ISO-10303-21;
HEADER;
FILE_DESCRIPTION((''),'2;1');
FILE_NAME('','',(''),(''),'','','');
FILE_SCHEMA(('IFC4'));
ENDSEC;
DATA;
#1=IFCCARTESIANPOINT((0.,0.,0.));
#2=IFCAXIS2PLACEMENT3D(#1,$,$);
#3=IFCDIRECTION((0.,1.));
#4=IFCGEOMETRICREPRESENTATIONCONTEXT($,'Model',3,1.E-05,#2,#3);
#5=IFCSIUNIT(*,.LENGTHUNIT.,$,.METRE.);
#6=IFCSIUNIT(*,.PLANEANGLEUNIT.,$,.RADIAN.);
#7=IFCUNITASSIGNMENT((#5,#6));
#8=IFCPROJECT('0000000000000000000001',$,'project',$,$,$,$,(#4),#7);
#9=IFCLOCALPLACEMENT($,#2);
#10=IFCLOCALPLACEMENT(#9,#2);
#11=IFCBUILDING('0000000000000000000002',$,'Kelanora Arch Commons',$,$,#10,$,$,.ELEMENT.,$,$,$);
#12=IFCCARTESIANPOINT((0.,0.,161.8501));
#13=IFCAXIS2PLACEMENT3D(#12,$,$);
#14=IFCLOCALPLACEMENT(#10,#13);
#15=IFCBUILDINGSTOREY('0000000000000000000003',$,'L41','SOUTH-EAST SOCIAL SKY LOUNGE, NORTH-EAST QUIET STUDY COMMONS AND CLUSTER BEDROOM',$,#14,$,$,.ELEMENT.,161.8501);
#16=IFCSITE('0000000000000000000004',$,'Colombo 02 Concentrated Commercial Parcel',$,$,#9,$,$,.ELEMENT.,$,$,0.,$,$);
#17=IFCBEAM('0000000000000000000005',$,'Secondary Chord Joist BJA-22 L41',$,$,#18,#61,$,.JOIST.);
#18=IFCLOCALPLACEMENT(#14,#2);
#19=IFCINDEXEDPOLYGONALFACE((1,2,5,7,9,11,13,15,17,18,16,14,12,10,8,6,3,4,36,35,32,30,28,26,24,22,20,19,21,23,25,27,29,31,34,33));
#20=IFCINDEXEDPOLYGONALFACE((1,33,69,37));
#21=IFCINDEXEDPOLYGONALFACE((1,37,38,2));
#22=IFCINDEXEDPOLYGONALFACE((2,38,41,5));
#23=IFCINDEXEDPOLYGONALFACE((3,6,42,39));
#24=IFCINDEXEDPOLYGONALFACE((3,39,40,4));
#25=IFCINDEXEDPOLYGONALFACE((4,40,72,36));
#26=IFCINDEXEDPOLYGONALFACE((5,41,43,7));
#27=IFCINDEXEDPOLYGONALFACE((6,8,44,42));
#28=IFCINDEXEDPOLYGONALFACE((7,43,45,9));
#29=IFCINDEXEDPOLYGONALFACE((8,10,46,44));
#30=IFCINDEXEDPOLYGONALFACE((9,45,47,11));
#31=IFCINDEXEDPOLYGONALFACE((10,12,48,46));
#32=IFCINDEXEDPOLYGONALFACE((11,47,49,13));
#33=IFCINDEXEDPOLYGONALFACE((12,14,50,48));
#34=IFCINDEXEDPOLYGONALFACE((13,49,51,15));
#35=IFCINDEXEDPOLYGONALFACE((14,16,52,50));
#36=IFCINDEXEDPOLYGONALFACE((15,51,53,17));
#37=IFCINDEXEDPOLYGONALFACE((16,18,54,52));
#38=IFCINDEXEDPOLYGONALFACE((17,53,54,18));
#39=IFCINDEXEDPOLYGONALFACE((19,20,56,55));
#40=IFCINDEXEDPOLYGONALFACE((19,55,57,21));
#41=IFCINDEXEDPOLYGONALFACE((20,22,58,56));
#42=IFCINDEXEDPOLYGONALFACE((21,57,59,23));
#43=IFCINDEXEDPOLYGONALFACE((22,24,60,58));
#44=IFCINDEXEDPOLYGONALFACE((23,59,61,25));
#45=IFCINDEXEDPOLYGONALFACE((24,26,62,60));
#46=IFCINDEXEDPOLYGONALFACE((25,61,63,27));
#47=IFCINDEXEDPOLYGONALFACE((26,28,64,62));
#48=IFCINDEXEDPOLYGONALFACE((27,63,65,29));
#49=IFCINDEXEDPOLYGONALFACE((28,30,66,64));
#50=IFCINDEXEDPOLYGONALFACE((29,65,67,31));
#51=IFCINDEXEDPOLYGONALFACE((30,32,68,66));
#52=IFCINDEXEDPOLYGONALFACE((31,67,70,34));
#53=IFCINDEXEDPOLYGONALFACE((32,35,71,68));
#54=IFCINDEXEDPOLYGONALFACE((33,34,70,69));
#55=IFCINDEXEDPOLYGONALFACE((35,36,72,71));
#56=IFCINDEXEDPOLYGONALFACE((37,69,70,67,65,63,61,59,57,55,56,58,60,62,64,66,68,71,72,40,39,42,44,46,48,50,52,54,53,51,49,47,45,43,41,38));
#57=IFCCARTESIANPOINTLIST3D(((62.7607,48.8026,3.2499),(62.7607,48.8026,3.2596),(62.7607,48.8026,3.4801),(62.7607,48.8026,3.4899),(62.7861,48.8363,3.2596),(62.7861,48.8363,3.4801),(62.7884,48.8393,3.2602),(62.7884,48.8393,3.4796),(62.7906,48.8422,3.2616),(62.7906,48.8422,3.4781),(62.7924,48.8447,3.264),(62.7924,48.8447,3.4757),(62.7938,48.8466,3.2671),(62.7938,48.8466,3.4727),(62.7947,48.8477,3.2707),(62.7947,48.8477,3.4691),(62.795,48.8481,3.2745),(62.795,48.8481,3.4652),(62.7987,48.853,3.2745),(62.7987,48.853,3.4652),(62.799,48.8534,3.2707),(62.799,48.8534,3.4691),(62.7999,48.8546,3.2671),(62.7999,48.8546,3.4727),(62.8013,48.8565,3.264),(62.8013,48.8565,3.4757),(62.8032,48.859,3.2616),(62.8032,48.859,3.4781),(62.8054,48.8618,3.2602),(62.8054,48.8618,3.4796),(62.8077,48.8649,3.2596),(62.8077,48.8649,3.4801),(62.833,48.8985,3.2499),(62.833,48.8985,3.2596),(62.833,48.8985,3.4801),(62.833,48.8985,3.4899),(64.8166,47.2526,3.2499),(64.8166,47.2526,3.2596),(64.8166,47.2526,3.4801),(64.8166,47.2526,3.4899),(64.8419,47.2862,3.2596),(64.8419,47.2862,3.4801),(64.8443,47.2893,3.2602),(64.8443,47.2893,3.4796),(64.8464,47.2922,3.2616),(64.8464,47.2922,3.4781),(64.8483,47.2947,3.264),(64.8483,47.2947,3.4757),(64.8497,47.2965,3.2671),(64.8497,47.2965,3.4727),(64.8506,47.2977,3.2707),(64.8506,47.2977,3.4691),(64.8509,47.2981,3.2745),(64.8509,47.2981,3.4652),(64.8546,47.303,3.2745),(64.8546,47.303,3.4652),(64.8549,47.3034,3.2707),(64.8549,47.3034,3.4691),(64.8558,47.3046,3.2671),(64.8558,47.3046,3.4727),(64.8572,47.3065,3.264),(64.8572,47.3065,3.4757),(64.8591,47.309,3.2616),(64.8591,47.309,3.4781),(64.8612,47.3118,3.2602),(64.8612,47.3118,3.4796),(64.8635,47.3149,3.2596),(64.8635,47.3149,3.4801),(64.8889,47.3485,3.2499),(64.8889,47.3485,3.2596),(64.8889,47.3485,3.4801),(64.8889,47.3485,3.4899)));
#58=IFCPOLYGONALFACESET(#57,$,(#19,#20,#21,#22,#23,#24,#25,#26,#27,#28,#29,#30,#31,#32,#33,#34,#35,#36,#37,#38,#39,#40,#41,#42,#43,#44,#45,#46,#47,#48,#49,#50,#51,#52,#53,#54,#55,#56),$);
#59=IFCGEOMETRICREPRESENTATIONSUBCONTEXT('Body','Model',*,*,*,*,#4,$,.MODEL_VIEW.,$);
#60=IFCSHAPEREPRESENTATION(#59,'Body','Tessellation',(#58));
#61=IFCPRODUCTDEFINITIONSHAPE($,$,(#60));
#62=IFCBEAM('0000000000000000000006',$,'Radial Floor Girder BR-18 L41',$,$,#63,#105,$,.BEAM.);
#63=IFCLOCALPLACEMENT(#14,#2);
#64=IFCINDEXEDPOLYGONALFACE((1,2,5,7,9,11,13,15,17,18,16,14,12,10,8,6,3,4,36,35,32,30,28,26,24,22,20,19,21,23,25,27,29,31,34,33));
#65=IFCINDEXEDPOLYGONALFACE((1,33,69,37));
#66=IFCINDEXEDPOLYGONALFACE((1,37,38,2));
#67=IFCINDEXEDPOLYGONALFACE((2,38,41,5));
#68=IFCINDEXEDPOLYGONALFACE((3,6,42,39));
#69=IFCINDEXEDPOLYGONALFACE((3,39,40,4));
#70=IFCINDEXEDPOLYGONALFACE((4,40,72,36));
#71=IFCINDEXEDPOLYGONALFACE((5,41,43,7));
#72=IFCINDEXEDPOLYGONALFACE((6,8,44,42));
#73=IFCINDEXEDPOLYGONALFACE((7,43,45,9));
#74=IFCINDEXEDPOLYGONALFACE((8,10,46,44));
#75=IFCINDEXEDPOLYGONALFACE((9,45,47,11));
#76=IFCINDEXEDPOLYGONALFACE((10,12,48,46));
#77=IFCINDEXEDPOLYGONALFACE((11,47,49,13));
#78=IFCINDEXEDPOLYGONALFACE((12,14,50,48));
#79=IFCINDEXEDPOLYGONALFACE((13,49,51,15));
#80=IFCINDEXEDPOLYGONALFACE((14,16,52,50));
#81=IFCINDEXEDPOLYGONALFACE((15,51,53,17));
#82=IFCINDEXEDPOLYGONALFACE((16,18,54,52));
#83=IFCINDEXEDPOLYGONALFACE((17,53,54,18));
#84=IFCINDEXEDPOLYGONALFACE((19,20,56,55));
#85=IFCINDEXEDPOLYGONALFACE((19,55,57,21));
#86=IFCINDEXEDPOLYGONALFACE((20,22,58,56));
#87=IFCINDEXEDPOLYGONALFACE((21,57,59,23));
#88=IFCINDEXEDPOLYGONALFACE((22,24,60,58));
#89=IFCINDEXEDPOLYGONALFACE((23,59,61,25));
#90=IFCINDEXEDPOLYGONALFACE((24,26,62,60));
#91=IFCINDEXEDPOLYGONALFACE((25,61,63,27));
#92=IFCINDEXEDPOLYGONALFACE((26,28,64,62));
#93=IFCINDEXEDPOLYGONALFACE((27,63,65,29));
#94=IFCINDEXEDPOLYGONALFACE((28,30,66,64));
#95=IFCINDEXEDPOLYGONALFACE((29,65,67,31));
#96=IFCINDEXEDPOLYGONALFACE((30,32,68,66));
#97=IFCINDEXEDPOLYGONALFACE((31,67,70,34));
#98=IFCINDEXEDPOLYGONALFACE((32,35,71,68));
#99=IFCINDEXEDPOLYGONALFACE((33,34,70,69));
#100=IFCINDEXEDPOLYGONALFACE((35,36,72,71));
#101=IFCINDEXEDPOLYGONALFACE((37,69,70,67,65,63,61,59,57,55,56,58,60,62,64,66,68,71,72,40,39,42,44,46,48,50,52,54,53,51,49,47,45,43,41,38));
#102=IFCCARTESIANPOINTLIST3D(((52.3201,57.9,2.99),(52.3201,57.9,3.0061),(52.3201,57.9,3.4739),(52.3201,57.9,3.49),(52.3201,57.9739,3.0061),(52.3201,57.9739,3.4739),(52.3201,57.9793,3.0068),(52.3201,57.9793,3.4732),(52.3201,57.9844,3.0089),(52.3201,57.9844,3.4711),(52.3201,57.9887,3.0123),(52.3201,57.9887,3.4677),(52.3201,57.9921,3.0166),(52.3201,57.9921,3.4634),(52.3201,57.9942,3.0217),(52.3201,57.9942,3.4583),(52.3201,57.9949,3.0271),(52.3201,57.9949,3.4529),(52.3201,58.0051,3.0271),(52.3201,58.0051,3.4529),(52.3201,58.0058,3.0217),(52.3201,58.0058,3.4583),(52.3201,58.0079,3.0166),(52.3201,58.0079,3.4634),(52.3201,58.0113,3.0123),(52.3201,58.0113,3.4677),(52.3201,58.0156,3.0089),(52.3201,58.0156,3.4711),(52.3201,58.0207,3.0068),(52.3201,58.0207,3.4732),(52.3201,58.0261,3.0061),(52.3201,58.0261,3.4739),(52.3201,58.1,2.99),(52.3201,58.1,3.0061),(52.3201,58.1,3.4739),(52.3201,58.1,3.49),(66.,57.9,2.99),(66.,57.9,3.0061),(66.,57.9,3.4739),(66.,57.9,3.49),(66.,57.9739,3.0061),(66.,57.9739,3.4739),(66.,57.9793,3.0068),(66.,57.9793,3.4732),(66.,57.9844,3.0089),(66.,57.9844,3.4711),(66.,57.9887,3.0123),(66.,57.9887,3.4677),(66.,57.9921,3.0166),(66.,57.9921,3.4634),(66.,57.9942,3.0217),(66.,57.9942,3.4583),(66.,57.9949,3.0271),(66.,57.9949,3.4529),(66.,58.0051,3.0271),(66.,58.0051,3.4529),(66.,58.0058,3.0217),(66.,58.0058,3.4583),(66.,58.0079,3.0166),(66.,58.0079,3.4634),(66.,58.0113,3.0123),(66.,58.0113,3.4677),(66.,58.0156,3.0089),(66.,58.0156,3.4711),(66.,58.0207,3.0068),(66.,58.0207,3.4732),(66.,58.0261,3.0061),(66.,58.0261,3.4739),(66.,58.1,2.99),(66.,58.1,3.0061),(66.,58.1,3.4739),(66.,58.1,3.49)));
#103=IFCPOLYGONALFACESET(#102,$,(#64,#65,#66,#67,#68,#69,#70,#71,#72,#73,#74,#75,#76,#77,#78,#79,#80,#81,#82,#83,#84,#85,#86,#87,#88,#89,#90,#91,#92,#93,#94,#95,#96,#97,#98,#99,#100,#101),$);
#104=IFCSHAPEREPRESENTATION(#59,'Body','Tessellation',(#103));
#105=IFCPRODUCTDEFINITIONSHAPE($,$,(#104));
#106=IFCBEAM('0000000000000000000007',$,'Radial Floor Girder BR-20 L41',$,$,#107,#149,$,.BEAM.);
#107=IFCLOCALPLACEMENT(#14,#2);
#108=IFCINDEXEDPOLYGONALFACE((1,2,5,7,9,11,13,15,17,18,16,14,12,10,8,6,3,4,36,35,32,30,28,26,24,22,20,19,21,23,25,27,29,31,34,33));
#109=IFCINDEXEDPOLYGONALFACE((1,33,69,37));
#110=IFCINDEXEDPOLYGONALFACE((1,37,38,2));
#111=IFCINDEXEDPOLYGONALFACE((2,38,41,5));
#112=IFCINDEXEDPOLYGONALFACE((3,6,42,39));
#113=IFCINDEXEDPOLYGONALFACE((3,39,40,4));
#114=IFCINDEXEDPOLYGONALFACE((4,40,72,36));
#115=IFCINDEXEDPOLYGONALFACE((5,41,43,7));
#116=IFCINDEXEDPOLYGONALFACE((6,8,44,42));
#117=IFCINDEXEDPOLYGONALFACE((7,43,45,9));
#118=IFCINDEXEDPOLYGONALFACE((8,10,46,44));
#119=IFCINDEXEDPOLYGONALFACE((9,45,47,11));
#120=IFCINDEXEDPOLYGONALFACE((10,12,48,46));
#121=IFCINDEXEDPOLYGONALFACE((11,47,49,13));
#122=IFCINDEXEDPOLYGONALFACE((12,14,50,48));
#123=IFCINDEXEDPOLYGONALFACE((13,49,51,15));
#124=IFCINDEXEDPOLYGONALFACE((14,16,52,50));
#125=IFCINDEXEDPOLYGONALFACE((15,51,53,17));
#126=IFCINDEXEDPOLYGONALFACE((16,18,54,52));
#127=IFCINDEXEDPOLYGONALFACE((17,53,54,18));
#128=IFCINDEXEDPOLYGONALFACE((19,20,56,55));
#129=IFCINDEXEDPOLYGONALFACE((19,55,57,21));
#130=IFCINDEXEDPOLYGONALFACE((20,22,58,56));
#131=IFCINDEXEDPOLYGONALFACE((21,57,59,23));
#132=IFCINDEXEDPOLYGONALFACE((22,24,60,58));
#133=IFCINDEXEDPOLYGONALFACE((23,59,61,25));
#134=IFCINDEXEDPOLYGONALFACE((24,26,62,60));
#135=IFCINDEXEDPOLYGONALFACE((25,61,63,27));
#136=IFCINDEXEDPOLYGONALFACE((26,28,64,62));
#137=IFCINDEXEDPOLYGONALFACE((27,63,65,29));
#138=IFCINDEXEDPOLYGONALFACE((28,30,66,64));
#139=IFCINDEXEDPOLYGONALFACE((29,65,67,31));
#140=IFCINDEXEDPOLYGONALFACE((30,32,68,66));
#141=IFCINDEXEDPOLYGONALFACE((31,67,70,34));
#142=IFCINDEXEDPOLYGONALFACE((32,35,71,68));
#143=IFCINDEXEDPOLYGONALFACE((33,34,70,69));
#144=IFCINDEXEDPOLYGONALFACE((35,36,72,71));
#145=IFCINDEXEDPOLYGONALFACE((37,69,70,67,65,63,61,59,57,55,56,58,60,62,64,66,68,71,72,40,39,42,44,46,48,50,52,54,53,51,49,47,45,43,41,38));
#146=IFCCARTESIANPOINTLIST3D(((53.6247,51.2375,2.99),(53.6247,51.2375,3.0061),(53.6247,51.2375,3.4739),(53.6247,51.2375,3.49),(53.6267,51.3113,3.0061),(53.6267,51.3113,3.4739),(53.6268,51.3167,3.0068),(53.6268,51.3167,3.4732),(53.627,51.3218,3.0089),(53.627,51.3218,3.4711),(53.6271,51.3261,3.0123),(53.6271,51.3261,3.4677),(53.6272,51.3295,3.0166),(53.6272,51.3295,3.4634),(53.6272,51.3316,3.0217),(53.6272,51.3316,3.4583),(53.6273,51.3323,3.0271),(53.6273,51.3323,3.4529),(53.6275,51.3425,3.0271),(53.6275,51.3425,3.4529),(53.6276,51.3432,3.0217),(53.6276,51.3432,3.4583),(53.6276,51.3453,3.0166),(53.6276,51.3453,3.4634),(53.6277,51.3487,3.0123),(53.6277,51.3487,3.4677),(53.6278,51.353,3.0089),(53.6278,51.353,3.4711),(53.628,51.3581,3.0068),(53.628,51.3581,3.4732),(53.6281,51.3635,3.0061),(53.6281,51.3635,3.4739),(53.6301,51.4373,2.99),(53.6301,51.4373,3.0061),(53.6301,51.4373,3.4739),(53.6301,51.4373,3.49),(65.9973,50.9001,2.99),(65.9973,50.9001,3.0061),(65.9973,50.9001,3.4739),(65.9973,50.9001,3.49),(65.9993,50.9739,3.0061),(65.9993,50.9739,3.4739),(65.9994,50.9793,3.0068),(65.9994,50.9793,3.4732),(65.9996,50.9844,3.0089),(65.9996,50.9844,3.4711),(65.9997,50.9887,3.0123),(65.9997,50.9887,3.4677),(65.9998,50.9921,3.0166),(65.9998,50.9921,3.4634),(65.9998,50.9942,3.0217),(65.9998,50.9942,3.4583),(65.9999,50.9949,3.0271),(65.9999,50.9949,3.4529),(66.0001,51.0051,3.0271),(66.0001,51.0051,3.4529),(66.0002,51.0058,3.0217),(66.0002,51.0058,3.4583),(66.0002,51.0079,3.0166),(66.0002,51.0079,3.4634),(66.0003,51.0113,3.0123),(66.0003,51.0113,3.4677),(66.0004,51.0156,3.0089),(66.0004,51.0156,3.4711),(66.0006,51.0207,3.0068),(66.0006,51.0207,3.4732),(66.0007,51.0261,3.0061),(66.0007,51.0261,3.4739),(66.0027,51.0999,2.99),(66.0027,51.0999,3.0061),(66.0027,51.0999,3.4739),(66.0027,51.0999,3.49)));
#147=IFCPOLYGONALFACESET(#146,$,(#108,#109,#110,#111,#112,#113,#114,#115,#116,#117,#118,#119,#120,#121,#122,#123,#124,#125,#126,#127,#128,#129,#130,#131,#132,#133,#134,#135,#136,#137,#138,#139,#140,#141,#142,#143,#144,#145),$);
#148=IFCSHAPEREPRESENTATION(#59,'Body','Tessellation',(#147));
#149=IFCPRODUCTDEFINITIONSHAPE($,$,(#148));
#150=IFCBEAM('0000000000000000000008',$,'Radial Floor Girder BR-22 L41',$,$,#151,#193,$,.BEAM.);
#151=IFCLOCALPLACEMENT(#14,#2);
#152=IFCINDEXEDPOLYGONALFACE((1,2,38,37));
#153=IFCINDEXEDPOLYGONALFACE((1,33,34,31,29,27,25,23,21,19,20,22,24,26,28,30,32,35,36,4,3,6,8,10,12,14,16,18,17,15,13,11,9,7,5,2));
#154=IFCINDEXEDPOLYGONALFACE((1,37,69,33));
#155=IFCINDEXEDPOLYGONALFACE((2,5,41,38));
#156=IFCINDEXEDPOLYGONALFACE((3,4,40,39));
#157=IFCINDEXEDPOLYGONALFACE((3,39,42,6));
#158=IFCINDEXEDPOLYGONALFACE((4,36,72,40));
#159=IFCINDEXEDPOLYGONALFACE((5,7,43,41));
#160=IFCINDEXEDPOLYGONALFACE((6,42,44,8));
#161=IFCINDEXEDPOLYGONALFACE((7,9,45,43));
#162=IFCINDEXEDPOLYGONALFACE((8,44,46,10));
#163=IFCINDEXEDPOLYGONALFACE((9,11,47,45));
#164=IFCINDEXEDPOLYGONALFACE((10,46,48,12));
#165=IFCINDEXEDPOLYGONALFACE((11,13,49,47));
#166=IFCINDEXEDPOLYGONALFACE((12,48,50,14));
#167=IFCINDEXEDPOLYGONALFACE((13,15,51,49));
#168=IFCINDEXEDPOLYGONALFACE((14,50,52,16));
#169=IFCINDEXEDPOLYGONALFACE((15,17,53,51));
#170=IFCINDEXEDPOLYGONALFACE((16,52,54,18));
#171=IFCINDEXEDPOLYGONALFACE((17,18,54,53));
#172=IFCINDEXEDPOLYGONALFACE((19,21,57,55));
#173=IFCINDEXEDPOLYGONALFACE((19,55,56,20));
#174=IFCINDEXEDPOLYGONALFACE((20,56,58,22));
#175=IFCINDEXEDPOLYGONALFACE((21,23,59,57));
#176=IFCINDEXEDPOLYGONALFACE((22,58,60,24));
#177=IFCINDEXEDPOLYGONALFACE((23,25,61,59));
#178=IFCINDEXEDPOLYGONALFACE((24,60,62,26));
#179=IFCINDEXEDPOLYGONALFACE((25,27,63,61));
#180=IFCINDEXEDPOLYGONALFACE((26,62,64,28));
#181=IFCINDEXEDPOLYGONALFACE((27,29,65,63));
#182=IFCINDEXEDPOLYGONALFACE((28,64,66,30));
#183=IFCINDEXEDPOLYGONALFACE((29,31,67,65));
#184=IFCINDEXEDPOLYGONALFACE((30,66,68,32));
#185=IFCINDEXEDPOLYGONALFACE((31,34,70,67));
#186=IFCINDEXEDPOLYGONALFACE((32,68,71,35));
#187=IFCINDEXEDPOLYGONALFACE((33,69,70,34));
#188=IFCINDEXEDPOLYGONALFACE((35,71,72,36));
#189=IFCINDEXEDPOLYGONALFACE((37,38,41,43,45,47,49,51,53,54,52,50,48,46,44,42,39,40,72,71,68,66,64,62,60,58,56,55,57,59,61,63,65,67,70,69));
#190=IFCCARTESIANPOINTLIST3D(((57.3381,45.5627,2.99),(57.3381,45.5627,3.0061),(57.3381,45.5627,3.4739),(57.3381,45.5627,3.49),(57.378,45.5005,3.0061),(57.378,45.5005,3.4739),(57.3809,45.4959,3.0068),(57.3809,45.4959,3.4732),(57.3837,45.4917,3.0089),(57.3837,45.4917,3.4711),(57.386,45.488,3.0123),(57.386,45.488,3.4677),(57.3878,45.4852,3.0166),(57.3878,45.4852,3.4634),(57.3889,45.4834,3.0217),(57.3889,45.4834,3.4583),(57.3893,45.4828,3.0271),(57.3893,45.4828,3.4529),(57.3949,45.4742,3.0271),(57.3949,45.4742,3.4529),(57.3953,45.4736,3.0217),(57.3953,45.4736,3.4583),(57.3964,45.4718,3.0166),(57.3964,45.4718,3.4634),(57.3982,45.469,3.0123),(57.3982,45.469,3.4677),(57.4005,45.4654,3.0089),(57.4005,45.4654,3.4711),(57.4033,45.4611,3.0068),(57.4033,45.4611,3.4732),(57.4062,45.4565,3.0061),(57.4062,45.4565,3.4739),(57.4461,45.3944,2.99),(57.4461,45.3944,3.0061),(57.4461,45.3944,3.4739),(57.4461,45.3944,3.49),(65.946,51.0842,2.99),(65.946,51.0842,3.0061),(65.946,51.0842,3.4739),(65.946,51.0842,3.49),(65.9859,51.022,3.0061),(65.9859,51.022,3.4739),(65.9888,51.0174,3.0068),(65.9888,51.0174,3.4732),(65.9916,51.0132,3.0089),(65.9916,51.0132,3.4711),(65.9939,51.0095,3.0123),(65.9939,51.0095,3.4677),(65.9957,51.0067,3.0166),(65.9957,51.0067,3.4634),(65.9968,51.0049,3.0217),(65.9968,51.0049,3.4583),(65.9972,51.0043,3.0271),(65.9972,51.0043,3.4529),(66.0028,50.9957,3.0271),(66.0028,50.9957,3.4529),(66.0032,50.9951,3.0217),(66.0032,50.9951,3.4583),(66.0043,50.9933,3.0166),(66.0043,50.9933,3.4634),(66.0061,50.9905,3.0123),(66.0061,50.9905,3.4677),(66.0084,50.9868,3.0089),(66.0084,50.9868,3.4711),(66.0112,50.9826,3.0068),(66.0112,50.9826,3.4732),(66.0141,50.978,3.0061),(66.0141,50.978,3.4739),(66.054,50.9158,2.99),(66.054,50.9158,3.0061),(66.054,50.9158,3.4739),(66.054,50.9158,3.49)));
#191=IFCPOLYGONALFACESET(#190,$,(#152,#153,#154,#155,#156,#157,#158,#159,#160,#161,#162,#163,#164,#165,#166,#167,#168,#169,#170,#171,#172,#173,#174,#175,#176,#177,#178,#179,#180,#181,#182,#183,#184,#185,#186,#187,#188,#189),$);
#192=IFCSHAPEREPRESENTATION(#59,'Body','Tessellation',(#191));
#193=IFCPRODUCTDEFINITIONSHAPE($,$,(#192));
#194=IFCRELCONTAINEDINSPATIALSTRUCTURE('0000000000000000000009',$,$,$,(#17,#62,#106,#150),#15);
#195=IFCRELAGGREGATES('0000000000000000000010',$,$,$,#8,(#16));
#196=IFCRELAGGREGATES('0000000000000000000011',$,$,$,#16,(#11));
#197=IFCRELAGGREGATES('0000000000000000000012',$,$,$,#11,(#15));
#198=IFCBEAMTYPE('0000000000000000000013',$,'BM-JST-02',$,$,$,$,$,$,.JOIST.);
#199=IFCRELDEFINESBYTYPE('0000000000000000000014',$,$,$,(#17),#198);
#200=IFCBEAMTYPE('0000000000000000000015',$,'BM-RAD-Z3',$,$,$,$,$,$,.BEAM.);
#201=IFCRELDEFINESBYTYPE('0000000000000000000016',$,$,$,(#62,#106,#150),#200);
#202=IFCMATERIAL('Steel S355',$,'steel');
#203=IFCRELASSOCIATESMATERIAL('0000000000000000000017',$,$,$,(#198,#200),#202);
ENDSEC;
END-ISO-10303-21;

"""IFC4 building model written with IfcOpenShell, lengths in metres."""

from ifc_helpers import new_model, si_unit, direction, frame, origin, origin_2d, place, context, subcontext, project, spatial, i_section, extrude, material, material_profile, profile_set, type_object, element, save


model = new_model("IFC4")

# Units and contexts
model_context = context("Model", 3, precision=1e-05, world=origin(), true_north=direction((0.0, 1.0)))
body_context = subcontext(model_context, "Body", "Model", "MODEL_VIEW")
ifc_project = project(units=[si_unit("LENGTHUNIT", "METRE"), si_unit("PLANEANGLEUNIT", "RADIAN")], contexts=[model_context])

# Site, building, storey
site_placement = place(None, origin())
site = spatial("IfcSite", under=ifc_project, at=site_placement, Name="Colombo 02 Concentrated Commercial Parcel", CompositionType="ELEMENT", RefElevation=0.0)
building_placement = place(site_placement, origin())
building = spatial("IfcBuilding", under=site, at=building_placement, Name="Kelanora Arch Commons", CompositionType="ELEMENT")
storey_placement = place(building_placement, frame((0.0, 0.0, 161.8501)))
storey = spatial("IfcBuildingStorey", under=building, at=storey_placement, Name="L41", Description="SOUTH-EAST SOCIAL SKY LOUNGE, NORTH-EAST QUIET STUDY COMMONS AND CLUSTER BEDROOM", CompositionType="ELEMENT", Elevation=161.8501)

# Beams
ifc_material_1 = material(Name="Steel S355", Category="steel")
ifc_material_profile_1 = material_profile(ifc_material_1, i_section(OverallWidth=0.1201, OverallDepth=0.24, WebThickness=0.0061, FlangeThickness=0.0098, FilletRadius=0.0149, at=origin_2d()), Name="IPE240")
ifc_profile_set_1 = profile_set([ifc_material_profile_1], Name="Steel S355")
beam_type_1 = type_object("IfcBeamType", Name="BM-JST-02", PredefinedType="JOIST", material=ifc_profile_set_1)
beam_1_placement = place(storey_placement, frame((62.7969, 48.8506, 3.3699), z_axis=(0.798484, -0.602016, 0.0), x_axis=(0.602016, 0.798484, 0.0)))
element("IfcBeam", 1, at=beam_1_placement, inside=storey, type_object=beam_type_1, Name="Secondary Chord Joist BJA-22 L41", PredefinedType="JOIST", context=body_context, shape_type="SweptSolid", body=[
    extrude(i_section(OverallWidth=0.1201, OverallDepth=0.24, WebThickness=0.0061, FlangeThickness=0.0098, FilletRadius=0.0149, at=origin_2d()), origin(), (0.0, 0.0, 1.0), 2.5747),
])
ifc_material_profile_2 = material_profile(ifc_material_1, i_section(OverallWidth=0.2, OverallDepth=0.5, WebThickness=0.0103, FlangeThickness=0.0161, FilletRadius=0.021, at=origin_2d()), Name="IPE500")
ifc_profile_set_2 = profile_set([ifc_material_profile_2], Name="Steel S355")
beam_type_2 = type_object("IfcBeamType", Name="BM-RAD-Z3", PredefinedType="BEAM", material=ifc_profile_set_2)
beam_2_placement = place(storey_placement, frame((66.0, 58.0, 3.24), z_axis=(-1.0, 0.0, 0.0), x_axis=(0.0, -1.0, 0.0)))
element("IfcBeam", 2, at=beam_2_placement, inside=storey, type_object=beam_type_2, Name="Radial Floor Girder BR-18 L41", PredefinedType="BEAM", context=body_context, shape_type="SweptSolid", body=[
    extrude(i_section(OverallWidth=0.2, OverallDepth=0.5, WebThickness=0.0103, FlangeThickness=0.0161, FilletRadius=0.021, at=origin_2d()), origin(), (0.0, 0.0, 1.0), 13.6799),
])
beam_3_placement = place(storey_placement, frame((66.0, 51.0, 3.24), z_axis=(-0.999628, 0.02726, 0.0), x_axis=(-0.02726, -0.999628, 0.0)))
element("IfcBeam", 3, at=beam_3_placement, inside=storey, type_object=beam_type_2, Name="Radial Floor Girder BR-20 L41", PredefinedType="BEAM", context=body_context, shape_type="SweptSolid", body=[
    extrude(i_section(OverallWidth=0.2, OverallDepth=0.5, WebThickness=0.0103, FlangeThickness=0.0161, FilletRadius=0.021, at=origin_2d()), origin(), (0.0, 0.0, 1.0), 12.3772),
])
beam_4_placement = place(storey_placement, frame((66.0, 51.0, 3.24), z_axis=(-0.841719, -0.539915, 0.0), x_axis=(0.539915, -0.841719, 0.0)))
element("IfcBeam", 4, at=beam_4_placement, inside=storey, type_object=beam_type_2, Name="Radial Floor Girder BR-22 L41", PredefinedType="BEAM", context=body_context, shape_type="SweptSolid", body=[
    extrude(i_section(OverallWidth=0.2, OverallDepth=0.5, WebThickness=0.0103, FlangeThickness=0.0161, FilletRadius=0.021, at=origin_2d()), origin(), (0.0, 0.0, 1.0), 10.2266),
])

save(model, "model.ifc")
